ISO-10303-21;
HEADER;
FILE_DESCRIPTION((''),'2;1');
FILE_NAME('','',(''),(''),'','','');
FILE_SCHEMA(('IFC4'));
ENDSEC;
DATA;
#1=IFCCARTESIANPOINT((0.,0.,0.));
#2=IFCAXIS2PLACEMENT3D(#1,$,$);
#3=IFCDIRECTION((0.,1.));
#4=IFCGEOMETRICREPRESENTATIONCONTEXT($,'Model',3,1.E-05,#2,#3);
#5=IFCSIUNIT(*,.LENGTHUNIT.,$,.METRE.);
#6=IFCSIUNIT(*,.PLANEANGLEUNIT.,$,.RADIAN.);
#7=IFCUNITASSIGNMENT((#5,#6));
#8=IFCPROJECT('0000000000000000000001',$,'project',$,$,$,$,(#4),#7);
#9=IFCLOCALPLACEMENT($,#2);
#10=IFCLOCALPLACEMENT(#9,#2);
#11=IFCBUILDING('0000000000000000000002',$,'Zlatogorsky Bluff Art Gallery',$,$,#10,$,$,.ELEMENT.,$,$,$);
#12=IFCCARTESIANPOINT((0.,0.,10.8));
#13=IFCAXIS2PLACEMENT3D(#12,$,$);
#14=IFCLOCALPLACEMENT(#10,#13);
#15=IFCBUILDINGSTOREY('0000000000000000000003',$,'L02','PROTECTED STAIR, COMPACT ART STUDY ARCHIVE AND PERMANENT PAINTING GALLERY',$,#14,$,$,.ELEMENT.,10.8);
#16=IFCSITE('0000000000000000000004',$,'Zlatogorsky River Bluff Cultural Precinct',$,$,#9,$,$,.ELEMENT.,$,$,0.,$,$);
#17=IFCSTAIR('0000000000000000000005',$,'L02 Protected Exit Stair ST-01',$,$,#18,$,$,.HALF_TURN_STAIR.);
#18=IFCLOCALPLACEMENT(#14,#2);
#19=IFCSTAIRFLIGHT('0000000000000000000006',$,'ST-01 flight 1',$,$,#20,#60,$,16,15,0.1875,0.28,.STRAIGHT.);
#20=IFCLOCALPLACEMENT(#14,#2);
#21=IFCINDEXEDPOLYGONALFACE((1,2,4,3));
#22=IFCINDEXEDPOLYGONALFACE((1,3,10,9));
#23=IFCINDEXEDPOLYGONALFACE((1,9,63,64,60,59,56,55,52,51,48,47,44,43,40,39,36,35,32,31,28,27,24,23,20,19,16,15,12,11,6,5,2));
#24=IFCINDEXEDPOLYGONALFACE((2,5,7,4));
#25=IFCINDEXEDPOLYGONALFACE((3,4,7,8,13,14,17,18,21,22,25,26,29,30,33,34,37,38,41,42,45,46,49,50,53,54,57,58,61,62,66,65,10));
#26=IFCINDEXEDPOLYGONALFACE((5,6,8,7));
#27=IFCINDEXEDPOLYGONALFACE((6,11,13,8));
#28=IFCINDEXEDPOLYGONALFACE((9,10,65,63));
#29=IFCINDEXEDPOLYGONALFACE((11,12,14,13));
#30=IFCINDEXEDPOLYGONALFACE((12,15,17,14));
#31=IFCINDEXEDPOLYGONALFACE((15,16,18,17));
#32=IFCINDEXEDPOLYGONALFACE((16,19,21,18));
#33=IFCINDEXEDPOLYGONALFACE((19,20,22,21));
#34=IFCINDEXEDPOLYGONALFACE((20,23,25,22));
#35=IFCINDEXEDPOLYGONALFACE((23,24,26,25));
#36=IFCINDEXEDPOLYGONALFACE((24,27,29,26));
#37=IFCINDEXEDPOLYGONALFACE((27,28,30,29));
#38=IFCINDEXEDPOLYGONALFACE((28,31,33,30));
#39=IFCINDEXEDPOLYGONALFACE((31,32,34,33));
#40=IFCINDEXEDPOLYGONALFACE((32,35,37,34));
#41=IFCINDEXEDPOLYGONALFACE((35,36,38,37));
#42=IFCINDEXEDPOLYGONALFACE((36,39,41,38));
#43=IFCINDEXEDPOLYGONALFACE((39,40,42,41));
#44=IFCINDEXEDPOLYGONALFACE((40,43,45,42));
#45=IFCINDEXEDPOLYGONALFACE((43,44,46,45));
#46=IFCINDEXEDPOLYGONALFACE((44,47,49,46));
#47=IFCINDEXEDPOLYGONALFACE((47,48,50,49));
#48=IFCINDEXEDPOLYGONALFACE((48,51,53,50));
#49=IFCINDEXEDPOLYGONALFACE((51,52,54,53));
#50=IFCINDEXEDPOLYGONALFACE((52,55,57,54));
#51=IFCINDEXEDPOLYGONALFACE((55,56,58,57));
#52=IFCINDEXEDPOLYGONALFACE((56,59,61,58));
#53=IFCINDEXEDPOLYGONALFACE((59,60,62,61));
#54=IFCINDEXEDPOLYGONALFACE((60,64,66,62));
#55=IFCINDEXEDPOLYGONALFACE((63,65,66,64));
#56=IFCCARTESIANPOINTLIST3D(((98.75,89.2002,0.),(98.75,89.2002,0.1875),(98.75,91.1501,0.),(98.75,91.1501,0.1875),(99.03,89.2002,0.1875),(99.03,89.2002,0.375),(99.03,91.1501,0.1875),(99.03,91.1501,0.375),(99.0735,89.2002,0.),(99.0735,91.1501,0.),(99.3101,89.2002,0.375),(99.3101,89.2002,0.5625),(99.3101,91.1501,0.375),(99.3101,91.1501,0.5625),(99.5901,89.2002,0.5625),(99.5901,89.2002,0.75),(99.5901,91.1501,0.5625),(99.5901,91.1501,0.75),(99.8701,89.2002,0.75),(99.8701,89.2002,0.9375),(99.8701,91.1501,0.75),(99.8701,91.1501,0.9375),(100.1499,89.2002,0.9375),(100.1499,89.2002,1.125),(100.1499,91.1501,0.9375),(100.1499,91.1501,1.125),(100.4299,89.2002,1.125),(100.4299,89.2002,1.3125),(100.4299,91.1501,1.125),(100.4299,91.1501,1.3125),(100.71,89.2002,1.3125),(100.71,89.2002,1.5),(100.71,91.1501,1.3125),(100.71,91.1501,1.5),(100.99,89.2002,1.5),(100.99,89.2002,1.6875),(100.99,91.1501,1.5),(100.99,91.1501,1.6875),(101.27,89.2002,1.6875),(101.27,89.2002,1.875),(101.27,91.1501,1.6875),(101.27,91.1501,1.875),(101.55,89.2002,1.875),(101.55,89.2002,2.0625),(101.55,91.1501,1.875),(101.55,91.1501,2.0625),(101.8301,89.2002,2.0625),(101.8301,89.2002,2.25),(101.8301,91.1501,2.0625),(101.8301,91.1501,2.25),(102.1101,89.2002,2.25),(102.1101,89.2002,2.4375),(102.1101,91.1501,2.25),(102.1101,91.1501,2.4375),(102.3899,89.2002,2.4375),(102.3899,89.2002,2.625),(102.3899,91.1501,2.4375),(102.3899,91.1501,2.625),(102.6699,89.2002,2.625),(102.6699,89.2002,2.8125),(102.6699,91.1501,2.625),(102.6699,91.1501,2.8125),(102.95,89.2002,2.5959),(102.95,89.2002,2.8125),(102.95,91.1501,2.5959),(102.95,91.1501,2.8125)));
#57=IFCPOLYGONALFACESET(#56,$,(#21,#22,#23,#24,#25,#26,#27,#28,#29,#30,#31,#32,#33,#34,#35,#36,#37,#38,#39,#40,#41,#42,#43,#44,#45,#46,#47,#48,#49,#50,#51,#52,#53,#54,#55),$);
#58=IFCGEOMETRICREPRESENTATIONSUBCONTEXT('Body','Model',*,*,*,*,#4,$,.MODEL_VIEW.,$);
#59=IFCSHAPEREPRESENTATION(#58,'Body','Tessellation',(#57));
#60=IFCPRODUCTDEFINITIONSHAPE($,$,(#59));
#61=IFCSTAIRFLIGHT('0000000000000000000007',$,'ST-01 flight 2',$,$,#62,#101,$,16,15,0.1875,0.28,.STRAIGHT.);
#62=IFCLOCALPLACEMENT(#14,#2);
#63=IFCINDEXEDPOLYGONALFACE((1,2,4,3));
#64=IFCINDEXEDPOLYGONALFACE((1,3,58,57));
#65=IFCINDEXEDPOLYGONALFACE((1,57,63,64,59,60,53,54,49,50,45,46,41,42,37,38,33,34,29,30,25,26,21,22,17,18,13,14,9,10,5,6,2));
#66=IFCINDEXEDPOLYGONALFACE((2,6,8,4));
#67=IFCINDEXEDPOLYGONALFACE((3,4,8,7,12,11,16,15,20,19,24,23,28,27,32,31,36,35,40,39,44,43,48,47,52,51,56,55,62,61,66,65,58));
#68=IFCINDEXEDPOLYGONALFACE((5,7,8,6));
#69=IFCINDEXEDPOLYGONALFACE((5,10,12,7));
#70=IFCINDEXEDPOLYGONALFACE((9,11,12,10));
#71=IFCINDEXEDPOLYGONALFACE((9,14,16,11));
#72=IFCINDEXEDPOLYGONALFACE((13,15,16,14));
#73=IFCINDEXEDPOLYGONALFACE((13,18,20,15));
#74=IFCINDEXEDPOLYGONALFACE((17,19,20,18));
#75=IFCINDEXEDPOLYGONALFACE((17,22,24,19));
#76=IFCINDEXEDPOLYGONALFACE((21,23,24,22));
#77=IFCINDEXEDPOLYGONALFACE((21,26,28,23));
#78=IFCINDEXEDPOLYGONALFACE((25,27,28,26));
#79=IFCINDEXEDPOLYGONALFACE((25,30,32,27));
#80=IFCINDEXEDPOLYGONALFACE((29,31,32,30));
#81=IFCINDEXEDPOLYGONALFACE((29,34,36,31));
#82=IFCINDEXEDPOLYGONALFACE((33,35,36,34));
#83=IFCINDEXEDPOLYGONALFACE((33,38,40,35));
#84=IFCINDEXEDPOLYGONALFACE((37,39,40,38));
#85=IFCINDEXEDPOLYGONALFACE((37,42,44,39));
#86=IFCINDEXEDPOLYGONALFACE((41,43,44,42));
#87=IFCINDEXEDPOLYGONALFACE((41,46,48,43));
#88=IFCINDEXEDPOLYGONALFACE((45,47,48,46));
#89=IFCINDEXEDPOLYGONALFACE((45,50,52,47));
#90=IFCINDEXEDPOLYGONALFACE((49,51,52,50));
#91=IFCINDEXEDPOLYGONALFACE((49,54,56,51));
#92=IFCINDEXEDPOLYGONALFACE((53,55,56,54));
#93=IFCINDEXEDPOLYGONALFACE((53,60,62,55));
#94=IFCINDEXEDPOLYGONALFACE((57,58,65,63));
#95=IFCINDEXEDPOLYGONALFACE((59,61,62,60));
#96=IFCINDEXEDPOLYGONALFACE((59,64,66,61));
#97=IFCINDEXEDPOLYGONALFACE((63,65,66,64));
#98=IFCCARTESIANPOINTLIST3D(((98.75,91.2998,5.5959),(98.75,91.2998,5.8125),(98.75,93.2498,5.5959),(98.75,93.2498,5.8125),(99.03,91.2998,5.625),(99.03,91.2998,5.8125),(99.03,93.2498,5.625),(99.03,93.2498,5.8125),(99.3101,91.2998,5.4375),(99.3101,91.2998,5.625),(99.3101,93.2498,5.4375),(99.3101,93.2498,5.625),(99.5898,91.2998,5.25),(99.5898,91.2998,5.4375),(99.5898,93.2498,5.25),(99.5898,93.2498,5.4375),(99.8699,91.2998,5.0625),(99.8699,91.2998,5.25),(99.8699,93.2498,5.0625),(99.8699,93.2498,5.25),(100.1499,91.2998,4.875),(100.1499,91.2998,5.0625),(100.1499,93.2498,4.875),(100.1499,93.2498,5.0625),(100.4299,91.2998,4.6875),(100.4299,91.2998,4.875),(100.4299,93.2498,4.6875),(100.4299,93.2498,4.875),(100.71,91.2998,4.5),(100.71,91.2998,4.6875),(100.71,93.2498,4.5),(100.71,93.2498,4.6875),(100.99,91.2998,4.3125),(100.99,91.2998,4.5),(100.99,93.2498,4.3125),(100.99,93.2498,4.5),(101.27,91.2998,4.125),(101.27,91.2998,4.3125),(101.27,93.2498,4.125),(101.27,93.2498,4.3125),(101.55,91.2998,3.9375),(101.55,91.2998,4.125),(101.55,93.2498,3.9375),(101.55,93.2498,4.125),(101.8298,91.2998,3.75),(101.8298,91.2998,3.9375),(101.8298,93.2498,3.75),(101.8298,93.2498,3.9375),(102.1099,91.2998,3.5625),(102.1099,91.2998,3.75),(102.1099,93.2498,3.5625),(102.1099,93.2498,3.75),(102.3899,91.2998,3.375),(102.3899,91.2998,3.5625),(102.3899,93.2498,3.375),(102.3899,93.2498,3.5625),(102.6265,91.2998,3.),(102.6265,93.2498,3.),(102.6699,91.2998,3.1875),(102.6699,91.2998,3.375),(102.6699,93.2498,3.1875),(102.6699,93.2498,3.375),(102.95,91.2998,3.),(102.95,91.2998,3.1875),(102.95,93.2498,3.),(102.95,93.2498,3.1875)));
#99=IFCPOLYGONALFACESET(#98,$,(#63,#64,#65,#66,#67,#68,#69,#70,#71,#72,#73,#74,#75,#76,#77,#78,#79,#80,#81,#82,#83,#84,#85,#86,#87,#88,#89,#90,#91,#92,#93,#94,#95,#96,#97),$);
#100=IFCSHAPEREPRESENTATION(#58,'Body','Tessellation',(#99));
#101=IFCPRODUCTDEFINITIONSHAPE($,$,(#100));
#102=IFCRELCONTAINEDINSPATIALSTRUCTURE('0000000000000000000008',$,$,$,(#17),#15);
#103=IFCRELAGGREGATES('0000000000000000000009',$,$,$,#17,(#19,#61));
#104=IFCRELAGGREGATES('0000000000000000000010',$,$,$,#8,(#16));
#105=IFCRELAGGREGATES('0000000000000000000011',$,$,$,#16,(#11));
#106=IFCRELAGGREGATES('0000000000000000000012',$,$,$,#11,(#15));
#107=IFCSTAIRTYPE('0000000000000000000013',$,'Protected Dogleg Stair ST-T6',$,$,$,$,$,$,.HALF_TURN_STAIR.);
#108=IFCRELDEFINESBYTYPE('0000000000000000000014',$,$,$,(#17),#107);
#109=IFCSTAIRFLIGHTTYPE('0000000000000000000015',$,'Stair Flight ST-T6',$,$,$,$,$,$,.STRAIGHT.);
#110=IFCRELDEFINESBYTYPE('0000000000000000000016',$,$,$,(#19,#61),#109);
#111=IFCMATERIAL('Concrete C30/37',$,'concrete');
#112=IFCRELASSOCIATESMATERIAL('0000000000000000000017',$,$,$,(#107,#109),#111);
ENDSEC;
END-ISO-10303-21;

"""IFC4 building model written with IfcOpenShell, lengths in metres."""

from ifc_helpers import new_model, si_unit, direction, frame, origin, place, context, subcontext, project, spatial, polyline, outline, extrude, material, type_object, element, aggregate, save


model = new_model("IFC4")

# Units and contexts
model_context = context("Model", 3, precision=1e-05, world=origin(), true_north=direction((0.0, 1.0)))
body_context = subcontext(model_context, "Body", "Model", "MODEL_VIEW")
ifc_project = project(units=[si_unit("LENGTHUNIT", "METRE"), si_unit("PLANEANGLEUNIT", "RADIAN")], contexts=[model_context])

# Site, building, storey
site_placement = place(None, origin())
site = spatial("IfcSite", under=ifc_project, at=site_placement, Name="Zlatogorsky River Bluff Cultural Precinct", CompositionType="ELEMENT", RefElevation=0.0)
building_placement = place(site_placement, origin())
building = spatial("IfcBuilding", under=site, at=building_placement, Name="Zlatogorsky Bluff Art Gallery", CompositionType="ELEMENT")
storey_placement = place(building_placement, frame((0.0, 0.0, 10.8)))
storey = spatial("IfcBuildingStorey", under=building, at=storey_placement, Name="L02", Description="PROTECTED STAIR, COMPACT ART STUDY ARCHIVE AND PERMANENT PAINTING GALLERY", CompositionType="ELEMENT", Elevation=10.8)

# Shared definitions
ifc_material_1 = material(Name="Concrete C30/37", Category="concrete")

# Stair, stair flights
stair_type = type_object("IfcStairType", Name="Protected Dogleg Stair ST-T6", PredefinedType="HALF_TURN_STAIR", material=ifc_material_1)
stair_placement = place(storey_placement, origin())
stair = element("IfcStair", 1, at=stair_placement, inside=storey, type_object=stair_type, Name="L02 Protected Exit Stair ST-01", PredefinedType="HALF_TURN_STAIR")
stair_flight_type = type_object("IfcStairFlightType", Name="Stair Flight ST-T6", PredefinedType="STRAIGHT", material=ifc_material_1)
stair_flight_1_placement = place(storey_placement, frame((98.75, 90.175, 0.0), z_axis=(0.0, 0.0, 1.0), x_axis=(1.0, 0.0, 0.0)))
stair_flight_1 = element("IfcStairFlight", 2, at=stair_flight_1_placement, type_object=stair_flight_type, Name="ST-01 flight 1", NumberOfRisers=16, NumberOfTreads=15, PredefinedType="STRAIGHT", RiserHeight=0.1875, TreadLength=0.28, context=body_context, shape_type="SweptSolid", body=[
    extrude(outline(polyline([(0.0, 0.0), (0.0, 0.1875), (0.28, 0.1875), (0.28, 0.375), (0.5601, 0.375), (0.5601, 0.5625), (0.8401, 0.5625), (0.8401, 0.75), (1.1201, 0.75), (1.1201, 0.9375), (1.3999, 0.9375), (1.3999, 1.125), (1.6799, 1.125), (1.6799, 1.3125), (1.96, 1.3125), (1.96, 1.5), (2.24, 1.5), (2.24, 1.6875), (2.52, 1.6875), (2.52, 1.875), (2.8, 1.875), (2.8, 2.0625), (3.0801, 2.0625), (3.0801, 2.25), (3.3601, 2.25), (3.3601, 2.4375), (3.6399, 2.4375), (3.6399, 2.625), (3.9199, 2.625), (3.9199, 2.8125), (4.2, 2.8125), (4.2, 3.0), (4.2, 2.5959), (0.3235, 0.0), (0.0, 0.0)])), frame((0.0, 0.9751, 0.0), z_axis=(0.0, -1.0, 0.0), x_axis=(1.0, 0.0, 0.0)), (0.0, 0.0, 1.0), 1.95),
])
stair_flight_2_placement = place(storey_placement, frame((102.95, 92.2749, 3.0), z_axis=(0.0, 0.0, 1.0), x_axis=(-1.0, 0.0, 0.0)))
stair_flight_2 = element("IfcStairFlight", 3, at=stair_flight_2_placement, type_object=stair_flight_type, Name="ST-01 flight 2", NumberOfRisers=16, NumberOfTreads=15, PredefinedType="STRAIGHT", RiserHeight=0.1875, TreadLength=0.28, context=body_context, shape_type="SweptSolid", body=[
    extrude(outline(polyline([(0.0, 0.0), (0.0, 0.1875), (0.28, 0.1875), (0.28, 0.375), (0.5601, 0.375), (0.5601, 0.5625), (0.8401, 0.5625), (0.8401, 0.75), (1.1201, 0.75), (1.1201, 0.9375), (1.3999, 0.9375), (1.3999, 1.125), (1.6799, 1.125), (1.6799, 1.3125), (1.96, 1.3125), (1.96, 1.5), (2.24, 1.5), (2.24, 1.6875), (2.52, 1.6875), (2.52, 1.875), (2.8, 1.875), (2.8, 2.0625), (3.0801, 2.0625), (3.0801, 2.25), (3.3601, 2.25), (3.3601, 2.4375), (3.6399, 2.4375), (3.6399, 2.625), (3.9199, 2.625), (3.9199, 2.8125), (4.2, 2.8125), (4.2, 3.0), (4.2, 2.5959), (0.3235, 0.0), (0.0, 0.0)])), frame((0.0, 0.9751, 0.0), z_axis=(0.0, -1.0, 0.0), x_axis=(1.0, 0.0, 0.0)), (0.0, 0.0, 1.0), 1.95),
])
aggregate(stair, [stair_flight_1, stair_flight_2])

save(model, "model.ifc")
